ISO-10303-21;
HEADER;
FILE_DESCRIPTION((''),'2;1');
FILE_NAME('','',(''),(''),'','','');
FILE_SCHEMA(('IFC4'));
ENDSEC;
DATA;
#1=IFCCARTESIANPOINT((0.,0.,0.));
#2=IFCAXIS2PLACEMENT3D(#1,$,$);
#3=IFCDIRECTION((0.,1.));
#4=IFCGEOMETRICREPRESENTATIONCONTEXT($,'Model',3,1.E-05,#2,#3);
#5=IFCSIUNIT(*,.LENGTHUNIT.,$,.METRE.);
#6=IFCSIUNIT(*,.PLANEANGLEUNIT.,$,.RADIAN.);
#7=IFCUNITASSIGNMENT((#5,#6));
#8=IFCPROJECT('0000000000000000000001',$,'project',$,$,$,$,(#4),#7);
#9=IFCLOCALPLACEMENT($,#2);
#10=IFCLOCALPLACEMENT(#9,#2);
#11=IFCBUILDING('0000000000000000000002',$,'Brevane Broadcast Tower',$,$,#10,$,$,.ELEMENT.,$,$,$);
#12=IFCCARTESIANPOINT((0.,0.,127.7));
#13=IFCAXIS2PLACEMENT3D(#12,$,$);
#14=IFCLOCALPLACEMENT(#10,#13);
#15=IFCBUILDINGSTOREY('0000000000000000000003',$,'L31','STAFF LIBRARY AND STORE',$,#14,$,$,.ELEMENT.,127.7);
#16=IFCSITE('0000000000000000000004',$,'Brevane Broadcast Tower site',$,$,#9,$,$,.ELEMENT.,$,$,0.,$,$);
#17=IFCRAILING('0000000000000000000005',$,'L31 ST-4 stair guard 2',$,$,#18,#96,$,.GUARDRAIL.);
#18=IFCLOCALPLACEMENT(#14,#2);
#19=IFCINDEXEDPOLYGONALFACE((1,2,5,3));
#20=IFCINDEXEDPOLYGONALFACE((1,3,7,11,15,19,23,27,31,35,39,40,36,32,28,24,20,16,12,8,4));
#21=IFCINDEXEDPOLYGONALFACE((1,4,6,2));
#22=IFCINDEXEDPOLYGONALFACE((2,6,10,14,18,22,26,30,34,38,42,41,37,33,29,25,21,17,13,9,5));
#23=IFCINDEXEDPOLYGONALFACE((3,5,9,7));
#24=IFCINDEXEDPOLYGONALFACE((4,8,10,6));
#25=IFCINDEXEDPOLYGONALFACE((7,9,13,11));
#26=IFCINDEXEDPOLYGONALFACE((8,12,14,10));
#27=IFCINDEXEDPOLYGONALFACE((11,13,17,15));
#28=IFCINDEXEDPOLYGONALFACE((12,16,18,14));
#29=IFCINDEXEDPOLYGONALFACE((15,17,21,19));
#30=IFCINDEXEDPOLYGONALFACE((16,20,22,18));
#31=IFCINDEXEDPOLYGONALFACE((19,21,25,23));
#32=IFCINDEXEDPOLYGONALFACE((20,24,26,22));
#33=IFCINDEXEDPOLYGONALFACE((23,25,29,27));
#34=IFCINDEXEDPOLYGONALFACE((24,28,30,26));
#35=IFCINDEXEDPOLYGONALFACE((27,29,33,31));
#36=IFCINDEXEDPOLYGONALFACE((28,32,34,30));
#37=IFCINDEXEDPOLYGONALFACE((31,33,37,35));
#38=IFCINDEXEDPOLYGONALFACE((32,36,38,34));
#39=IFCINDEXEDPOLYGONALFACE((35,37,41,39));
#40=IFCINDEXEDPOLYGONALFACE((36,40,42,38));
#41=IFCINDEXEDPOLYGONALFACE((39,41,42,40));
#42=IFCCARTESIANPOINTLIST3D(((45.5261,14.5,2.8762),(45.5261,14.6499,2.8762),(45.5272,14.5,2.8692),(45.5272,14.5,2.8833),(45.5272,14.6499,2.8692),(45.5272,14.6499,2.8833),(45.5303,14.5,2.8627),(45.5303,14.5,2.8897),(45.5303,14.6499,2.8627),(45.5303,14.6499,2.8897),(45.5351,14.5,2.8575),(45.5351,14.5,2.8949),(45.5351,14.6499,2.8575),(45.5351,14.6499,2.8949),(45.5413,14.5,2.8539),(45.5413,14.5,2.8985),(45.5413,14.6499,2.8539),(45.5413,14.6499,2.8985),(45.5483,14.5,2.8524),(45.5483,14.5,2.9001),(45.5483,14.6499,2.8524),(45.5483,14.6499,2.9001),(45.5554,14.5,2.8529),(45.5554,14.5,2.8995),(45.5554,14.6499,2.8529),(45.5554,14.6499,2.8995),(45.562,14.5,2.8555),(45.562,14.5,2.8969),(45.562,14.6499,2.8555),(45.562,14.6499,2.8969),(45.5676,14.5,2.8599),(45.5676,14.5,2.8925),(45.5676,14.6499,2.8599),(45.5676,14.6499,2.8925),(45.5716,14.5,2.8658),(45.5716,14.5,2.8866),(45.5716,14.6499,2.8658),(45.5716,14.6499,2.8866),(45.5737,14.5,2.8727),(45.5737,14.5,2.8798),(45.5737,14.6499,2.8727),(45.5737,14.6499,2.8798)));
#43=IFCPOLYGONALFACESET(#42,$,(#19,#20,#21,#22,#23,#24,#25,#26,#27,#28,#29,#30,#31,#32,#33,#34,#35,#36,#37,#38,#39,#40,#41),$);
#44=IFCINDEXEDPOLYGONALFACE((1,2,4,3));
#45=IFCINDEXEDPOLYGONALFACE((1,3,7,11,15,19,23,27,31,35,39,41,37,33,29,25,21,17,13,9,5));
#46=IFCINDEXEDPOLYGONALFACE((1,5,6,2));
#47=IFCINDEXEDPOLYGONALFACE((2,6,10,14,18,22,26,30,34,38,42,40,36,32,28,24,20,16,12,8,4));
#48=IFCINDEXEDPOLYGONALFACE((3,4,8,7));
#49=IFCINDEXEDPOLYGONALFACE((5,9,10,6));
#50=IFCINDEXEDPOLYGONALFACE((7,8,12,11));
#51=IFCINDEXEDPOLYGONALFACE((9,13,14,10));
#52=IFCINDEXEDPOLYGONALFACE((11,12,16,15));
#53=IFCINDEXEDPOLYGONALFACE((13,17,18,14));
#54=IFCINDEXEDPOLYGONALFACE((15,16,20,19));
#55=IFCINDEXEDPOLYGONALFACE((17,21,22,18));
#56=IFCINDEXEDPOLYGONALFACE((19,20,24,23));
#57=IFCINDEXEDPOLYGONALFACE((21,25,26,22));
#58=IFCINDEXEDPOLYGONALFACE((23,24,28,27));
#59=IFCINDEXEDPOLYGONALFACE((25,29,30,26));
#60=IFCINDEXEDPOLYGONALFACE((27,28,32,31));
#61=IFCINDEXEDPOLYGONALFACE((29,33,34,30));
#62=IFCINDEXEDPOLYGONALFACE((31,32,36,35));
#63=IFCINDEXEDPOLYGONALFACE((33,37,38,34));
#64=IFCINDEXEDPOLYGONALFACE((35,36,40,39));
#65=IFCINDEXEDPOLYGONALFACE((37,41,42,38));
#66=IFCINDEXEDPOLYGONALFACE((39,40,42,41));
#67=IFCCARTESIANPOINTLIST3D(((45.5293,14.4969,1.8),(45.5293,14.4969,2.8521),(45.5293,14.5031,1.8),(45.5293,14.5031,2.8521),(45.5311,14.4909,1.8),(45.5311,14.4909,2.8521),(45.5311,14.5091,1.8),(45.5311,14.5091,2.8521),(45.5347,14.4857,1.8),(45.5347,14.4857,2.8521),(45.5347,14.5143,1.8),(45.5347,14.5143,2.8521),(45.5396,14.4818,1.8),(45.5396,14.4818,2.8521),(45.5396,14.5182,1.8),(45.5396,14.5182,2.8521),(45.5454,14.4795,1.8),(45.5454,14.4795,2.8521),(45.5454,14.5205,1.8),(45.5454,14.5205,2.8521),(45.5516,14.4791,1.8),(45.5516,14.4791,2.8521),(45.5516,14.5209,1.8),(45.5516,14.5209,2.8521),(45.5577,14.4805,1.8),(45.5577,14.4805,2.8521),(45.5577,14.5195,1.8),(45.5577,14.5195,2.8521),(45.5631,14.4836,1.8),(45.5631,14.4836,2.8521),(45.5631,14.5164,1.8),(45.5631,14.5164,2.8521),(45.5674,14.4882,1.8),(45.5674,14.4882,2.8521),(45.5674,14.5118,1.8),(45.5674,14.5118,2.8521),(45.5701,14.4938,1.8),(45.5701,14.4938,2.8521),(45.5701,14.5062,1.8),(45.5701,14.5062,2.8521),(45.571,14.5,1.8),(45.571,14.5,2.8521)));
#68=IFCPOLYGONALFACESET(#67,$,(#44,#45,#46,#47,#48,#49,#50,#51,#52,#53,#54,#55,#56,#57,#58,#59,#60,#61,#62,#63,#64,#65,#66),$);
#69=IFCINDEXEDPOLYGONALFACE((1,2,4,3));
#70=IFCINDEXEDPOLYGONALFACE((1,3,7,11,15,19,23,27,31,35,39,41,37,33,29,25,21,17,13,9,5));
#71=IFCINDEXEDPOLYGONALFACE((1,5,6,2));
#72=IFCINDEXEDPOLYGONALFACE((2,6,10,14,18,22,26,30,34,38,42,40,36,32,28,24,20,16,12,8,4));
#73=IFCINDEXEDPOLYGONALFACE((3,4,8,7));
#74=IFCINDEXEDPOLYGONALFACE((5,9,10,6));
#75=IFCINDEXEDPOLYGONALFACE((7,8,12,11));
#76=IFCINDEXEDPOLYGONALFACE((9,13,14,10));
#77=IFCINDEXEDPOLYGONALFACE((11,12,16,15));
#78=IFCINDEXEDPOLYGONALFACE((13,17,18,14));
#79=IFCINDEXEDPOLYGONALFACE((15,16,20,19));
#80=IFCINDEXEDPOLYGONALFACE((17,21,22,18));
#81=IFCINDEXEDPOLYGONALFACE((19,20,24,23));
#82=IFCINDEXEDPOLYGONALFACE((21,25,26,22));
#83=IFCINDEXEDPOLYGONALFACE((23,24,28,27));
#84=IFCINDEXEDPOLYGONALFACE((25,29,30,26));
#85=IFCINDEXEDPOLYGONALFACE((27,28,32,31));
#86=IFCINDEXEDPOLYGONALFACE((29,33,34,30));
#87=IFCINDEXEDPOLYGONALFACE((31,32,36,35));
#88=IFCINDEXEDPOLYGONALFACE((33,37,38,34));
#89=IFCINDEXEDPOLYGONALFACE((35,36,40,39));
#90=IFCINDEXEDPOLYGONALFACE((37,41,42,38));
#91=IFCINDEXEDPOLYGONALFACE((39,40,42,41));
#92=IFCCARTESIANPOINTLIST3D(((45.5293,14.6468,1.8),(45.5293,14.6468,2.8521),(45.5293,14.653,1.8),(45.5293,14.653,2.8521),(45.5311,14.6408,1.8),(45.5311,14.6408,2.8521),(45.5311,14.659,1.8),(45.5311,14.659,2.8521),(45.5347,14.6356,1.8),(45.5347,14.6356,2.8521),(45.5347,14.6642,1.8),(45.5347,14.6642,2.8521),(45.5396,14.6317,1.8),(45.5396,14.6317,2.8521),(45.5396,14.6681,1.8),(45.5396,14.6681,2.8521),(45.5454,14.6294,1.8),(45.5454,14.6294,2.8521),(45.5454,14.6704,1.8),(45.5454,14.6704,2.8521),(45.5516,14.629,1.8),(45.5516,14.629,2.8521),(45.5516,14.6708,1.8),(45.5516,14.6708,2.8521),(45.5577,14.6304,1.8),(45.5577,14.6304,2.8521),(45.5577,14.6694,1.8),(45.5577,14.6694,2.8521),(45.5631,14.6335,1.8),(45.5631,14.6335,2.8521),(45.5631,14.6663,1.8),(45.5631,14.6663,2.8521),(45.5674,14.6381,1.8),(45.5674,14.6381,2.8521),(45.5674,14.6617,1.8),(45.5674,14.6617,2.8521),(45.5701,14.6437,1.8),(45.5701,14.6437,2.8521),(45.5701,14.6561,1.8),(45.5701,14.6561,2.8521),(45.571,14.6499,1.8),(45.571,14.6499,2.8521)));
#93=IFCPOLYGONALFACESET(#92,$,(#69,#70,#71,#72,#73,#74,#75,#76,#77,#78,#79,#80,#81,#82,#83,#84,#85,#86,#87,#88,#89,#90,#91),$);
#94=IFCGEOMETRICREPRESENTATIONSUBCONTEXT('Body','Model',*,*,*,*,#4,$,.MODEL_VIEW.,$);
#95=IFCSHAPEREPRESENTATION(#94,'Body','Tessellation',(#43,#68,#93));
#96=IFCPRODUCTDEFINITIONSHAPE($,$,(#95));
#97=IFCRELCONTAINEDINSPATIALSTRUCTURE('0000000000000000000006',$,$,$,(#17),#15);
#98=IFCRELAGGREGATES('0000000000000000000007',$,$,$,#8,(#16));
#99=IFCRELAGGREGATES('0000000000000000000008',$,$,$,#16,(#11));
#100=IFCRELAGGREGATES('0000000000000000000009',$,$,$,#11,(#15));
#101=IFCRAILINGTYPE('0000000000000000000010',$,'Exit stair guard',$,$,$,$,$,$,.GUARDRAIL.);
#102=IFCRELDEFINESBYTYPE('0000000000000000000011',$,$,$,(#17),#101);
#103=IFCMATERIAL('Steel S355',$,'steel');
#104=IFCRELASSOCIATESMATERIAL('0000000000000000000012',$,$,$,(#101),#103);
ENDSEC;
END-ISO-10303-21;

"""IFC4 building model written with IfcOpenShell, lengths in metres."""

from ifc_helpers import new_model, si_unit, direction, frame, origin, origin_2d, place, context, subcontext, project, spatial, circle, extrude, material, type_object, element, save


model = new_model("IFC4")

# Units and contexts
model_context = context("Model", 3, precision=1e-05, world=origin(), true_north=direction((0.0, 1.0)))
body_context = subcontext(model_context, "Body", "Model", "MODEL_VIEW")
ifc_project = project(units=[si_unit("LENGTHUNIT", "METRE"), si_unit("PLANEANGLEUNIT", "RADIAN")], contexts=[model_context])

# Site, building, storey
site_placement = place(None, origin())
site = spatial("IfcSite", under=ifc_project, at=site_placement, Name="Brevane Broadcast Tower site", CompositionType="ELEMENT", RefElevation=0.0)
building_placement = place(site_placement, origin())
building = spatial("IfcBuilding", under=site, at=building_placement, Name="Brevane Broadcast Tower", CompositionType="ELEMENT")
storey_placement = place(building_placement, frame((0.0, 0.0, 127.7)))
storey = spatial("IfcBuildingStorey", under=building, at=storey_placement, Name="L31", Description="STAFF LIBRARY AND STORE", CompositionType="ELEMENT", Elevation=127.7)

# Railing
ifc_material_1 = material(Name="Steel S355", Category="steel")
railing_type_1 = type_object("IfcRailingType", Name="Exit stair guard", PredefinedType="GUARDRAIL", material=ifc_material_1)
railing_1_placement = place(storey_placement, frame((45.55, 14.5, 1.8)))
element("IfcRailing", 1, at=railing_1_placement, inside=storey, type_object=railing_type_1, Name="L31 ST-4 stair guard 2", PredefinedType="GUARDRAIL", context=body_context, shape_type="SweptSolid", body=[
    extrude(circle(Radius=0.0239, at=origin_2d()), frame((0.0, 0.0, 1.0762), z_axis=(0.0, 1.0, 0.0), x_axis=(-1.0, 0.0, 0.0)), (0.0, 0.0, 1.0), 0.1499),
    extrude(circle(Radius=0.021, at=origin_2d()), origin(), (0.0, 0.0, 1.0), 1.052),
    extrude(circle(Radius=0.021, at=origin_2d()), frame((0.0, 0.1499, 0.0)), (0.0, 0.0, 1.0), 1.052),
])

save(model, "model.ifc")
